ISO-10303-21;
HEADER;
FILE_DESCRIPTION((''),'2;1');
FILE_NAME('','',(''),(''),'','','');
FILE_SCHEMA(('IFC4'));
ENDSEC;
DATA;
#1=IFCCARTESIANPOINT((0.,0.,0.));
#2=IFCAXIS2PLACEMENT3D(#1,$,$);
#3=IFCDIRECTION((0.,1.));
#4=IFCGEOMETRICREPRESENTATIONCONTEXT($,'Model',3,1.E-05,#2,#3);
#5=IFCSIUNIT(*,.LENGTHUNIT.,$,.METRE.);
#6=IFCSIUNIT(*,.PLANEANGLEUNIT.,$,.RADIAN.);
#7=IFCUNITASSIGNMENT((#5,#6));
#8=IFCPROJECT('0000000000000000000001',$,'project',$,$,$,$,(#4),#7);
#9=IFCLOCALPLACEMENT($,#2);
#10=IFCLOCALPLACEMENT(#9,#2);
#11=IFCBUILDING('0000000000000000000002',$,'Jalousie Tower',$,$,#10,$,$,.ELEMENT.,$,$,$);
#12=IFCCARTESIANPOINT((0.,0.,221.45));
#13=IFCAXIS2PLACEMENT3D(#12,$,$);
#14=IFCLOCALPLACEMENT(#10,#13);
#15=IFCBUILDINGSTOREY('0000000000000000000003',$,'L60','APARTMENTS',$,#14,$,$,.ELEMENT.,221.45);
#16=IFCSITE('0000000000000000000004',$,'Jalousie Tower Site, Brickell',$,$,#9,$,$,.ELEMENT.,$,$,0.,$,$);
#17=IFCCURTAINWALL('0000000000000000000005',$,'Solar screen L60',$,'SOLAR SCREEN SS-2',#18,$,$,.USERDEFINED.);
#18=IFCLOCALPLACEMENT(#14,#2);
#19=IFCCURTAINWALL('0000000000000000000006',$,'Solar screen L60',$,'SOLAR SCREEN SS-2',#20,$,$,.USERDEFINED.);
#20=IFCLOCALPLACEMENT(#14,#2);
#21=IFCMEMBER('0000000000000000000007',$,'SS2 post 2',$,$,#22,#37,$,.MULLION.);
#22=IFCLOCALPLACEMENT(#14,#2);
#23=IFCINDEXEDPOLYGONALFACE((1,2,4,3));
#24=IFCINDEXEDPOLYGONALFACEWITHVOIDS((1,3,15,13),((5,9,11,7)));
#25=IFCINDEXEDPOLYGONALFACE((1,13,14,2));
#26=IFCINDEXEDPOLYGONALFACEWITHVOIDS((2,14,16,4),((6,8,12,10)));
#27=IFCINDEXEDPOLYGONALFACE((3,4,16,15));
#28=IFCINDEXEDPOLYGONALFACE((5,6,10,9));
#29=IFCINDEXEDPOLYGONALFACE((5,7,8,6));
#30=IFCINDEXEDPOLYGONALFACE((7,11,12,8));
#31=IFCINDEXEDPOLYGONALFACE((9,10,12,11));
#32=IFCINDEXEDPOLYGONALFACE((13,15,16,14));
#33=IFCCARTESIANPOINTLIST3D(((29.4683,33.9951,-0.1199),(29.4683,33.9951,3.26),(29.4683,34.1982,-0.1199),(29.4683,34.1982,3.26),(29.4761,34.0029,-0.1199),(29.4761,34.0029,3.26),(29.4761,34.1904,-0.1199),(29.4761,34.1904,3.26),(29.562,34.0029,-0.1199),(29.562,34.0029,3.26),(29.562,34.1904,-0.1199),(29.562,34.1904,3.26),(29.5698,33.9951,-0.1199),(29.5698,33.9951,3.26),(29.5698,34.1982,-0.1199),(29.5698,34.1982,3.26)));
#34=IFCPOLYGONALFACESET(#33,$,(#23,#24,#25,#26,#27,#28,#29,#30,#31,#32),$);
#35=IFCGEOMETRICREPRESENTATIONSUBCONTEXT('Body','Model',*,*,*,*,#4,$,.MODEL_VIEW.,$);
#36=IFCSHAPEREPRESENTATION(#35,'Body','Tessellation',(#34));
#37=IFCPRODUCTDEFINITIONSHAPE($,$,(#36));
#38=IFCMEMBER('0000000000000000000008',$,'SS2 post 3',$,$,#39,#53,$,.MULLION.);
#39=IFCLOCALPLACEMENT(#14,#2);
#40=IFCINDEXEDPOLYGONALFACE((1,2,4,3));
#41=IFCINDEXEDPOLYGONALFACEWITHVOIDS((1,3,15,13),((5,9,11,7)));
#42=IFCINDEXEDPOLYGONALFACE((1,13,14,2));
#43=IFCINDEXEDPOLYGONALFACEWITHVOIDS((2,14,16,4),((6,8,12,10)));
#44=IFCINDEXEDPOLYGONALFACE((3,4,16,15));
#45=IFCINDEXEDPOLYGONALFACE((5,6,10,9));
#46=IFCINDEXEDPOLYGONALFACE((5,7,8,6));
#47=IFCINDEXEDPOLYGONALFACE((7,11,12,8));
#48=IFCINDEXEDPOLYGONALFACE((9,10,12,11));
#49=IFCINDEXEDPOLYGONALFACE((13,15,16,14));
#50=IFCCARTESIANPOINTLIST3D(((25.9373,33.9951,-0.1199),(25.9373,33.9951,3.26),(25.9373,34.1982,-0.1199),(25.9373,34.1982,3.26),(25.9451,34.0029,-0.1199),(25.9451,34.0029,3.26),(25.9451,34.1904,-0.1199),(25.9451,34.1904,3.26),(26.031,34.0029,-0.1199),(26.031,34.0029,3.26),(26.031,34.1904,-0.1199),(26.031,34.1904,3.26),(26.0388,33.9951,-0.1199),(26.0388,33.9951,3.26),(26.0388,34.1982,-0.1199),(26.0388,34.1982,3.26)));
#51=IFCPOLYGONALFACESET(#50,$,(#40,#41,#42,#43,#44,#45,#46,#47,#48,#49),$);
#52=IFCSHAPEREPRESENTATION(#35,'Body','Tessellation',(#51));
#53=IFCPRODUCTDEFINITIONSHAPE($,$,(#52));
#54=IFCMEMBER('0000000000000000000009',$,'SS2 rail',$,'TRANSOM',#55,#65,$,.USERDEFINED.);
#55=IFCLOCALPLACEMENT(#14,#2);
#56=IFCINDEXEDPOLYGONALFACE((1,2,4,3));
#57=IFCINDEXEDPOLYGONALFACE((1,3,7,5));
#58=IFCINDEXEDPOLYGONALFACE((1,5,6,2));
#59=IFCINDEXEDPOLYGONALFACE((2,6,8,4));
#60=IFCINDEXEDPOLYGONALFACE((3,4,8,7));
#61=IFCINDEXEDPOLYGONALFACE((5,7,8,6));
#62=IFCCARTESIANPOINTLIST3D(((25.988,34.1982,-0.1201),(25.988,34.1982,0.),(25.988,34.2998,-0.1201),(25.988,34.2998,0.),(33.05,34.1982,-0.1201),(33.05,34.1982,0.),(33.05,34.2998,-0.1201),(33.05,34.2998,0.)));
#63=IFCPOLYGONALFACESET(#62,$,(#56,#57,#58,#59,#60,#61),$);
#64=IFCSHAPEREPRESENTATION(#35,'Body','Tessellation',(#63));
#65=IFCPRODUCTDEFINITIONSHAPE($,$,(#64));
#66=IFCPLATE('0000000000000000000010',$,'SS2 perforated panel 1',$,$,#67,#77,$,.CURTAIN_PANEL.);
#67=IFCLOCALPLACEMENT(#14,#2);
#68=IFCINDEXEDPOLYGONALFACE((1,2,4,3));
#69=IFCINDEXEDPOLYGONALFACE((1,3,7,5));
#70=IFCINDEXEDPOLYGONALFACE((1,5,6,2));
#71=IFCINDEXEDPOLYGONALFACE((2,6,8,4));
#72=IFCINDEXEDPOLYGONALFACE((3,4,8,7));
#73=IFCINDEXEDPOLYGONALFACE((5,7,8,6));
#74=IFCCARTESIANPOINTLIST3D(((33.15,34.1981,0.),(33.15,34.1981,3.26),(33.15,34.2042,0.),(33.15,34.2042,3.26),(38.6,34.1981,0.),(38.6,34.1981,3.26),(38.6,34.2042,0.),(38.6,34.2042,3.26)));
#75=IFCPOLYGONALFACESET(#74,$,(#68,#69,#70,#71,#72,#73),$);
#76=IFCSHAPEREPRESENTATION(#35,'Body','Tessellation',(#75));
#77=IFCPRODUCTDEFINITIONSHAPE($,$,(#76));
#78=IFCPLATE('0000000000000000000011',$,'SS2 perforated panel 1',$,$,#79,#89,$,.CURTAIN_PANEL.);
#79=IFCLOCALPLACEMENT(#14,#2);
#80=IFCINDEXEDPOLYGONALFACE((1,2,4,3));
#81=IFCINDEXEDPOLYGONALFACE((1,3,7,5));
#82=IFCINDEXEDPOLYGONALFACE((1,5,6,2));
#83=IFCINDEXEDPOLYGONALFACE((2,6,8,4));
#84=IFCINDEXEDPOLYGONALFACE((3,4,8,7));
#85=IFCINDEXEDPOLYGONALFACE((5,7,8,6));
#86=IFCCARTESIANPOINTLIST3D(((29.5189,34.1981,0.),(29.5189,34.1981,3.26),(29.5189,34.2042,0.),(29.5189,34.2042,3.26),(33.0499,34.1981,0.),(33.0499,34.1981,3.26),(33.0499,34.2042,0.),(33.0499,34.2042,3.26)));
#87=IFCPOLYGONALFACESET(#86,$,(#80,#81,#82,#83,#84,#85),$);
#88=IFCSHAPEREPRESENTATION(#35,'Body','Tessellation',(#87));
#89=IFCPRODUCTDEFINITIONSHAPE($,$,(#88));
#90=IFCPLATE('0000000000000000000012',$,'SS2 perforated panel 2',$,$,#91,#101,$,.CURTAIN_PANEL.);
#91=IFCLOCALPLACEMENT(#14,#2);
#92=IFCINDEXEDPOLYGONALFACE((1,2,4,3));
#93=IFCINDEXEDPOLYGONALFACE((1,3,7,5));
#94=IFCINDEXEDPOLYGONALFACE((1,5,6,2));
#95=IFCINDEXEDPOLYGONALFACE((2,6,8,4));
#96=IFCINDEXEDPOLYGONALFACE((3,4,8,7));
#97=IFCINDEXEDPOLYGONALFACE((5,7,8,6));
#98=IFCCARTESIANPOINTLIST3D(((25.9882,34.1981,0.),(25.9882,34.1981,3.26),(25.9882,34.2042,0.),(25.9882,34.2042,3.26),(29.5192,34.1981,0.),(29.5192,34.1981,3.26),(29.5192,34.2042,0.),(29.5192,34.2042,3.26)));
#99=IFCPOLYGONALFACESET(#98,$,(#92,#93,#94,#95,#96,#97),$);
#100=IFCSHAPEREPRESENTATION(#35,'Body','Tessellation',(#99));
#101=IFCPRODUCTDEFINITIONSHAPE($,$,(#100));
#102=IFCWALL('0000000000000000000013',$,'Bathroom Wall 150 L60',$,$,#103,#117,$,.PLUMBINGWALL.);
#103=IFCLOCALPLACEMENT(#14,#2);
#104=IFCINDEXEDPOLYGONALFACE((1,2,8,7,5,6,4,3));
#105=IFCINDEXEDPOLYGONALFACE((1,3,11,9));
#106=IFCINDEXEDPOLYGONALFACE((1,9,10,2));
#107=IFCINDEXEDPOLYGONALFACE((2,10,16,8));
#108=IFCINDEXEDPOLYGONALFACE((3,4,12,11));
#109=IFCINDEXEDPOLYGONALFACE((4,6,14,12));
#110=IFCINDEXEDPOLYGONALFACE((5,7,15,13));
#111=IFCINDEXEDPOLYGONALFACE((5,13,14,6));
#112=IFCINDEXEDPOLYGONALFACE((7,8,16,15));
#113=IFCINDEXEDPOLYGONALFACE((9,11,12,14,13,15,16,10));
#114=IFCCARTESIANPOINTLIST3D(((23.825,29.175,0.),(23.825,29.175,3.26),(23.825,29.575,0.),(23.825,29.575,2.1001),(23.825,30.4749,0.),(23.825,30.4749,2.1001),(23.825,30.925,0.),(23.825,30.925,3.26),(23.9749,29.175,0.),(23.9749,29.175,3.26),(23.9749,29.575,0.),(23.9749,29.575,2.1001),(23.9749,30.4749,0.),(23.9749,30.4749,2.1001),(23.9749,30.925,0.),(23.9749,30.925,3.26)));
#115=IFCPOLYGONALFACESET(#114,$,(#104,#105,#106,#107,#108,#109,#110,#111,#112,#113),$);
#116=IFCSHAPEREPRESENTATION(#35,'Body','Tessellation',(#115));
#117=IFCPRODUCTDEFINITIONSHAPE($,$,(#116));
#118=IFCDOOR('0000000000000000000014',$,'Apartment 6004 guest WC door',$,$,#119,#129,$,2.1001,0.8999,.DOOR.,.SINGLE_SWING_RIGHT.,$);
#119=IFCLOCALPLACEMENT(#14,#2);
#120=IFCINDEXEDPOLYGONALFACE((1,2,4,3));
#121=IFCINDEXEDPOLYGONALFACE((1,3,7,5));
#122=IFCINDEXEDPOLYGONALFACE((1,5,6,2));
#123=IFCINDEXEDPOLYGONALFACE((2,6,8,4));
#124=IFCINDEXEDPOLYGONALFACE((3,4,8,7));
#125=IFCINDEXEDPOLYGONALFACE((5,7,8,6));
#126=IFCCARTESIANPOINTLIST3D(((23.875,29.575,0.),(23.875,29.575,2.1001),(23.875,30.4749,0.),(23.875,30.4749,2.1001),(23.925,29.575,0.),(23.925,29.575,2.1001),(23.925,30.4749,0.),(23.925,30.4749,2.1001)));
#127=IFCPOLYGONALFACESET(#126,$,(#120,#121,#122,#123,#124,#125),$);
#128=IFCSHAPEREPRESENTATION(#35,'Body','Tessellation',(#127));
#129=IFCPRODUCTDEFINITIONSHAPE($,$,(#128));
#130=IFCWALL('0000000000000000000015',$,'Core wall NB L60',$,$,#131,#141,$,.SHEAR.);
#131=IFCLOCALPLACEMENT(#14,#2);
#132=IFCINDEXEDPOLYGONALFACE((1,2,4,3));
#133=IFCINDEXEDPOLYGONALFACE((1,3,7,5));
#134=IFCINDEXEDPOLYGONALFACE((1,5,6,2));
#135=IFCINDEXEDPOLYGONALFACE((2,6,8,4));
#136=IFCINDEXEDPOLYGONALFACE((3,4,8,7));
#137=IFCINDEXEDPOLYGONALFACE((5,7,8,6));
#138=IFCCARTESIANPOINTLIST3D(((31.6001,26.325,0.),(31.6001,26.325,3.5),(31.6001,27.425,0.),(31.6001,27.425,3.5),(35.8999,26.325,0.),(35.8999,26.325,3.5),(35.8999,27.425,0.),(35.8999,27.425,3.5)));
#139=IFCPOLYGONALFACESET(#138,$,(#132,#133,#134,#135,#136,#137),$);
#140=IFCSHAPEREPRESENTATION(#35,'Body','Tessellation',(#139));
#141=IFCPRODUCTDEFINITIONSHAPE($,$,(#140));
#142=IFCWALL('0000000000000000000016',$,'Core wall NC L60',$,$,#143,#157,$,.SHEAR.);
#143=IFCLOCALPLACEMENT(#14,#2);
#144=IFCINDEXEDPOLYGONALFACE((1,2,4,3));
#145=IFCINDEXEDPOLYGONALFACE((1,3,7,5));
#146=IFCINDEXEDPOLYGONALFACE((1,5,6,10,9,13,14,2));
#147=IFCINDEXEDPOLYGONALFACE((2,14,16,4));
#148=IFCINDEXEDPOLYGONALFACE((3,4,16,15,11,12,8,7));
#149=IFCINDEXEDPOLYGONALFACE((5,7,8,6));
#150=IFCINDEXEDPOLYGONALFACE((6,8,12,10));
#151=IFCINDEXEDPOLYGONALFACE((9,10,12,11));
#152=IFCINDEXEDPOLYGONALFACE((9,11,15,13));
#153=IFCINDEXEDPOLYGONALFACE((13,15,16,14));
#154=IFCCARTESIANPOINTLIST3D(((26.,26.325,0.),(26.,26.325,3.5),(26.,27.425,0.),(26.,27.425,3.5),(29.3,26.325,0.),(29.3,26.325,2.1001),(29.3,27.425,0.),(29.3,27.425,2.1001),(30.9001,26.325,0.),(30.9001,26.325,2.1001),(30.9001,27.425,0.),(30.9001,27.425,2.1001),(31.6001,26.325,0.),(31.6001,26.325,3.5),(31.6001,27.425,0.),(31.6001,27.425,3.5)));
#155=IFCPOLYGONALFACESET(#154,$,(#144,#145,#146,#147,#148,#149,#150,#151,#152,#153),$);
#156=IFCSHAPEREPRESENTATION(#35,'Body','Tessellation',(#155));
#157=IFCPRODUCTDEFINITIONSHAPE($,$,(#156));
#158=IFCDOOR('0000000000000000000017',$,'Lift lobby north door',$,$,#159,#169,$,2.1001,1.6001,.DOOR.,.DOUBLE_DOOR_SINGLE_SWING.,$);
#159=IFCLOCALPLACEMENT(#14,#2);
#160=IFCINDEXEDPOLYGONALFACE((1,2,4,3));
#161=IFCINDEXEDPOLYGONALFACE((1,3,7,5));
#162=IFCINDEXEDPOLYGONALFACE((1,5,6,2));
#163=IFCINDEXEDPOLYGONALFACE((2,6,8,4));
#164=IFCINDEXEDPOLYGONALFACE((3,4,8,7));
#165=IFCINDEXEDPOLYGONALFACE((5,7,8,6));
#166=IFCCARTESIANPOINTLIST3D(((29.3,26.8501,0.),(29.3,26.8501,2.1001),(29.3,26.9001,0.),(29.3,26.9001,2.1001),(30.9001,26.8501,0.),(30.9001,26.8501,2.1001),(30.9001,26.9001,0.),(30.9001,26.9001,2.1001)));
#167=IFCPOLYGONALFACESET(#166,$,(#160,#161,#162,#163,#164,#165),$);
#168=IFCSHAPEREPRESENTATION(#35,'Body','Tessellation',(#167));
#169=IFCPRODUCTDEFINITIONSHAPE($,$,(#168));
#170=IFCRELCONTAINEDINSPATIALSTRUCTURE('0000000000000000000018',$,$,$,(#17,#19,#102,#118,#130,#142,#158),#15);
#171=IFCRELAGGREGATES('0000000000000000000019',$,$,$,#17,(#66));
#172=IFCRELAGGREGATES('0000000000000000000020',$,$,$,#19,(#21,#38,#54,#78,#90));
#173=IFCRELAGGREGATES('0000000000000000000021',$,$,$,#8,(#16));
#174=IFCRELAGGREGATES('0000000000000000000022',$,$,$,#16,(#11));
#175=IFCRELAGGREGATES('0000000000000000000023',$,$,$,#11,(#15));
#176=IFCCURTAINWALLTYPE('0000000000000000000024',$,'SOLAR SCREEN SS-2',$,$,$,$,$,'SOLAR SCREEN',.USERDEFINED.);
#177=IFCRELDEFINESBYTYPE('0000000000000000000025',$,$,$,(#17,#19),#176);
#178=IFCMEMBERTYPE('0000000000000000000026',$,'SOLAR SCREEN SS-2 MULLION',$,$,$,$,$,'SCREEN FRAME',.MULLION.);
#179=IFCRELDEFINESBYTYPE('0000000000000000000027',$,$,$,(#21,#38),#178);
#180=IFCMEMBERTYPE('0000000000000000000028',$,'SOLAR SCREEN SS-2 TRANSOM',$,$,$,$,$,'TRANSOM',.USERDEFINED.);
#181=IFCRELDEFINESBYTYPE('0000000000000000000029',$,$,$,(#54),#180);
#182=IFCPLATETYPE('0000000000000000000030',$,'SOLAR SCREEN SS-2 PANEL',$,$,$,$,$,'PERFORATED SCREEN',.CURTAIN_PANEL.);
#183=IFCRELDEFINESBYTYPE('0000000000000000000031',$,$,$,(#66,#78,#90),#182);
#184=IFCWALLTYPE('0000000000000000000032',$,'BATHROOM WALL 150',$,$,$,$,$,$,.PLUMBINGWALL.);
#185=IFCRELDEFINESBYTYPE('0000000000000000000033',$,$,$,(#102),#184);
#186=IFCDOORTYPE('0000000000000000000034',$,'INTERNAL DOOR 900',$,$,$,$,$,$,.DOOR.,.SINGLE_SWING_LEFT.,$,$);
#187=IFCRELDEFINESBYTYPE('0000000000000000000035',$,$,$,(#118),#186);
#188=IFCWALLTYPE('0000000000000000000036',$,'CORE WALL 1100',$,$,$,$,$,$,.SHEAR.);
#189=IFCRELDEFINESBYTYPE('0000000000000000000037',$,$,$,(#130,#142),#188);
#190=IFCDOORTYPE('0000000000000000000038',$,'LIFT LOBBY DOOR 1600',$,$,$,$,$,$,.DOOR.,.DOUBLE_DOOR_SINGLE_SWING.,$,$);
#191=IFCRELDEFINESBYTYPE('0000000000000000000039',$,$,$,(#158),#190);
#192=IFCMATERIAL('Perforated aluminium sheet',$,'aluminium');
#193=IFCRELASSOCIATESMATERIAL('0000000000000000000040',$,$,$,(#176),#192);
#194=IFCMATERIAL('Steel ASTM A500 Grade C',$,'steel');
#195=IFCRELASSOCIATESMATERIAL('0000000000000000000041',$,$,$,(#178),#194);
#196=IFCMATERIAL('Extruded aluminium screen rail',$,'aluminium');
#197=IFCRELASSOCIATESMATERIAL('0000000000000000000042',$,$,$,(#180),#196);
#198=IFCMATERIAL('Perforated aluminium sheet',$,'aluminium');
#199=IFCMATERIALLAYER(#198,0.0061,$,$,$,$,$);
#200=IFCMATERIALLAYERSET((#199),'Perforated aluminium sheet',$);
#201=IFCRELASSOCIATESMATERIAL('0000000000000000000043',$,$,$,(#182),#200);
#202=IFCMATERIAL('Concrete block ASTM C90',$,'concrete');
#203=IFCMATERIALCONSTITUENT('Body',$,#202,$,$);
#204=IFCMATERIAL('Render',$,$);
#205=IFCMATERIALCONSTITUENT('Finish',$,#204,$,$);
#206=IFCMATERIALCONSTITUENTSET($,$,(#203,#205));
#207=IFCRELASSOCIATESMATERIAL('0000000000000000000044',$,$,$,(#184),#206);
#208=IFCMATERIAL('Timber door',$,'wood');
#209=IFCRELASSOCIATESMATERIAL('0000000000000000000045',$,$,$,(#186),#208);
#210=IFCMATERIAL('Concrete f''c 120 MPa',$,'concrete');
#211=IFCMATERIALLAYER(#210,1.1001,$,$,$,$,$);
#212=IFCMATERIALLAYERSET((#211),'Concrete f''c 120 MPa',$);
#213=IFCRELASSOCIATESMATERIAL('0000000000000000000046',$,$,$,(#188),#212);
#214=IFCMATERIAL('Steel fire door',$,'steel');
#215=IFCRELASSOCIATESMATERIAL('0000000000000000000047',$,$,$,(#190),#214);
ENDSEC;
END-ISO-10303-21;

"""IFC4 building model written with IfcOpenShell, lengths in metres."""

from ifc_helpers import new_model, si_unit, direction, frame, frame_2d, origin, origin_2d, place, context, subcontext, project, spatial, rectangle, hollow_rectangle, extrude, material, layer, layer_set, constituent, constituent_set, material_profile, profile_set, type_object, element, fill, aggregate, save


model = new_model("IFC4")

# Units and contexts
model_context = context("Model", 3, precision=1e-05, world=origin(), true_north=direction((0.0, 1.0)))
body_context = subcontext(model_context, "Body", "Model", "MODEL_VIEW")
ifc_project = project(units=[si_unit("LENGTHUNIT", "METRE"), si_unit("PLANEANGLEUNIT", "RADIAN")], contexts=[model_context])

# Site, building, storey
site_placement = place(None, origin())
site = spatial("IfcSite", under=ifc_project, at=site_placement, Name="Jalousie Tower Site, Brickell", CompositionType="ELEMENT", RefElevation=0.0)
building_placement = place(site_placement, origin())
building = spatial("IfcBuilding", under=site, at=building_placement, Name="Jalousie Tower", CompositionType="ELEMENT")
storey_placement = place(building_placement, frame((0.0, 0.0, 221.45)))
storey = spatial("IfcBuildingStorey", under=building, at=storey_placement, Name="L60", Description="APARTMENTS", CompositionType="ELEMENT", Elevation=221.45)

# Curtain wall
ifc_material_1 = material(Name="Perforated aluminium sheet", Category="aluminium")
curtain_wall_type = type_object("IfcCurtainWallType", Name="SOLAR SCREEN SS-2", ElementType="SOLAR SCREEN", PredefinedType="USERDEFINED", material=ifc_material_1)
curtain_wall_1_placement = place(storey_placement, origin())
curtain_wall_1 = element("IfcCurtainWall", 1, at=curtain_wall_1_placement, inside=storey, type_object=curtain_wall_type, Name="Solar screen L60", ObjectType="SOLAR SCREEN SS-2", PredefinedType="USERDEFINED")
ifc_material_2 = material(Name="Steel ASTM A500 Grade C", Category="steel")
ifc_material_profile_1 = material_profile(ifc_material_2, hollow_rectangle(XDim=0.1016, YDim=0.2031, WallThickness=0.0078, at=origin_2d()), Name="HSS8X4X5/16")
ifc_profile_set_1 = profile_set([ifc_material_profile_1], Name="Steel ASTM A500 Grade C")
member_type_1 = type_object("IfcMemberType", Name="SOLAR SCREEN SS-2 MULLION", ElementType="SCREEN FRAME", PredefinedType="MULLION", material=ifc_profile_set_1)

# Curtain wall, members
curtain_wall_2_placement = place(storey_placement, origin())
curtain_wall_2 = element("IfcCurtainWall", 2, at=curtain_wall_2_placement, inside=storey, type_object=curtain_wall_type, Name="Solar screen L60", ObjectType="SOLAR SCREEN SS-2", PredefinedType="USERDEFINED")
member_1_placement = place(storey_placement, frame((29.519, 34.0967, -0.1199), z_axis=(0.0, 0.0, 1.0), x_axis=(-1.0, 0.0, 0.0)))
member_1 = element("IfcMember", 3, at=member_1_placement, type_object=member_type_1, Name="SS2 post 2", PredefinedType="MULLION", context=body_context, shape_type="SweptSolid", body=[
    extrude(hollow_rectangle(XDim=0.1016, YDim=0.2031, WallThickness=0.0078, at=origin_2d()), origin(), (0.0, 0.0, 1.0), 3.3799),
])
member_2_placement = place(storey_placement, frame((25.988, 34.0967, -0.1199), z_axis=(0.0, 0.0, 1.0), x_axis=(-1.0, 0.0, 0.0)))
member_2 = element("IfcMember", 4, at=member_2_placement, type_object=member_type_1, Name="SS2 post 3", PredefinedType="MULLION", context=body_context, shape_type="SweptSolid", body=[
    extrude(hollow_rectangle(XDim=0.1016, YDim=0.2031, WallThickness=0.0078, at=origin_2d()), origin(), (0.0, 0.0, 1.0), 3.3799),
])
ifc_material_3 = material(Name="Extruded aluminium screen rail", Category="aluminium")
ifc_material_profile_2 = material_profile(ifc_material_3, rectangle(XDim=0.1016, YDim=0.1201, at=origin_2d()), Name="RAIL 102x120")
ifc_profile_set_2 = profile_set([ifc_material_profile_2], Name="Extruded aluminium screen rail")
member_type_2 = type_object("IfcMemberType", Name="SOLAR SCREEN SS-2 TRANSOM", ElementType="TRANSOM", PredefinedType="USERDEFINED", material=ifc_profile_set_2)
member_3_placement = place(storey_placement, frame((33.05, 34.249, -0.0601), z_axis=(-1.0, 0.0, 0.0), x_axis=(0.0, -1.0, 0.0)))
member_3 = element("IfcMember", 5, at=member_3_placement, type_object=member_type_2, Name="SS2 rail", ObjectType="TRANSOM", PredefinedType="USERDEFINED", context=body_context, shape_type="SweptSolid", body=[
    extrude(rectangle(XDim=0.1016, YDim=0.1201, at=origin_2d()), origin(), (0.0, 0.0, 1.0), 7.062),
])

# Plates
ifc_material_4 = material(Name="Perforated aluminium sheet", Category="aluminium")
ifc_layer_1 = layer(ifc_material_4, 0.0061)
ifc_layer_set_1 = layer_set([ifc_layer_1], Name="Perforated aluminium sheet")
plate_type = type_object("IfcPlateType", Name="SOLAR SCREEN SS-2 PANEL", ElementType="PERFORATED SCREEN", PredefinedType="CURTAIN_PANEL", material=ifc_layer_set_1)
plate_1_placement = place(storey_placement, frame((35.875, 34.2012, 0.0), z_axis=(0.0, 0.0, 1.0), x_axis=(-1.0, 0.0, 0.0)))
plate_1 = element("IfcPlate", 6, at=plate_1_placement, type_object=plate_type, Name="SS2 perforated panel 1", PredefinedType="CURTAIN_PANEL", context=body_context, shape_type="SweptSolid", body=[
    extrude(rectangle(XDim=5.45, YDim=0.0061, at=origin_2d()), origin(), (0.0, 0.0, 1.0), 3.26),
])
aggregate(curtain_wall_1, [plate_1])
plate_2_placement = place(storey_placement, frame((31.2844, 34.2012, 0.0), z_axis=(0.0, 0.0, 1.0), x_axis=(-1.0, 0.0, 0.0)))
plate_2 = element("IfcPlate", 7, at=plate_2_placement, type_object=plate_type, Name="SS2 perforated panel 1", PredefinedType="CURTAIN_PANEL", context=body_context, shape_type="SweptSolid", body=[
    extrude(rectangle(XDim=3.531, YDim=0.0061, at=origin_2d()), origin(), (0.0, 0.0, 1.0), 3.26),
])
plate_3_placement = place(storey_placement, frame((27.7537, 34.2012, 0.0), z_axis=(0.0, 0.0, 1.0), x_axis=(-1.0, 0.0, 0.0)))
plate_3 = element("IfcPlate", 8, at=plate_3_placement, type_object=plate_type, Name="SS2 perforated panel 2", PredefinedType="CURTAIN_PANEL", context=body_context, shape_type="SweptSolid", body=[
    extrude(rectangle(XDim=3.531, YDim=0.0061, at=origin_2d()), origin(), (0.0, 0.0, 1.0), 3.26),
])
aggregate(curtain_wall_2, [member_1, member_2, member_3, plate_2, plate_3])

# Wall, opening, door
ifc_material_5 = material(Name="Concrete block ASTM C90", Category="concrete")
ifc_constituent_1 = constituent(ifc_material_5, Name="Body")
ifc_material_6 = material(Name="Render")
ifc_constituent_2 = constituent(ifc_material_6, Name="Finish")
ifc_constituent_set_1 = constituent_set(constituents=[ifc_constituent_1, ifc_constituent_2])
wall_type_1 = type_object("IfcWallType", Name="BATHROOM WALL 150", PredefinedType="PLUMBINGWALL", material=ifc_constituent_set_1)
wall_1_placement = place(storey_placement, frame((23.8999, 29.175, 0.0), z_axis=(0.0, 0.0, 1.0), x_axis=(0.0, 1.0, 0.0)))
wall_1 = element("IfcWall", 9, at=wall_1_placement, inside=storey, type_object=wall_type_1, Name="Bathroom Wall 150 L60", PredefinedType="PLUMBINGWALL", context=body_context, shape_type="SweptSolid", body=[
    extrude(rectangle(XDim=1.75, YDim=0.1499, at=frame_2d((0.875, 0.0))), origin(), (0.0, 0.0, 1.0), 3.26),
])
opening_1_placement = place(wall_1_placement, frame((0.3999, 0.0, 0.0)))
opening_1 = element("IfcOpeningElement", 10, at=opening_1_placement, cuts=wall_1, PredefinedType="OPENING", context=body_context, shape_type="SweptSolid", body=[
    extrude(rectangle(XDim=0.8999, YDim=2.1001, at=frame_2d((0.45, 1.05))), frame((0.0, 0.085, 0.0), z_axis=(0.0, -1.0, 0.0), x_axis=(1.0, 0.0, 0.0)), (0.0, 0.0, 1.0), 0.1699),
])
ifc_material_7 = material(Name="Timber door", Category="wood")
door_type_1 = type_object("IfcDoorType", Name="INTERNAL DOOR 900", OperationType="SINGLE_SWING_LEFT", PredefinedType="DOOR", material=ifc_material_7)
door_1_placement = place(opening_1_placement, origin())
door_1 = element("IfcDoor", 11, at=door_1_placement, inside=storey, type_object=door_type_1, Name="Apartment 6004 guest WC door", OperationType="SINGLE_SWING_RIGHT", OverallHeight=2.1001, OverallWidth=0.8999, PredefinedType="DOOR", context=body_context, shape_type="SweptSolid", body=[
    extrude(rectangle(XDim=0.8999, YDim=2.1001, at=frame_2d((0.45, 1.05))), frame((0.0, 0.0249, 0.0), z_axis=(0.0, -1.0, 0.0), x_axis=(1.0, 0.0, 0.0)), (0.0, 0.0, 1.0), 0.05),
])
fill(opening_1, door_1)

# Wall
ifc_material_8 = material(Name="Concrete f'c 120 MPa", Category="concrete")
ifc_layer_2 = layer(ifc_material_8, 1.1001)
ifc_layer_set_2 = layer_set([ifc_layer_2], Name="Concrete f'c 120 MPa")
wall_type_2 = type_object("IfcWallType", Name="CORE WALL 1100", PredefinedType="SHEAR", material=ifc_layer_set_2)
wall_2_placement = place(storey_placement, frame((35.8999, 26.875, 0.0), z_axis=(0.0, 0.0, 1.0), x_axis=(-1.0, 0.0, 0.0)))
element("IfcWall", 12, at=wall_2_placement, inside=storey, type_object=wall_type_2, Name="Core wall NB L60", PredefinedType="SHEAR", context=body_context, shape_type="SweptSolid", body=[
    extrude(rectangle(XDim=4.2998, YDim=1.1001, at=frame_2d((2.1499, 0.0))), origin(), (0.0, 0.0, 1.0), 3.5),
])

# Wall, opening, door
wall_3_placement = place(storey_placement, frame((31.6001, 26.875, 0.0), z_axis=(0.0, 0.0, 1.0), x_axis=(-1.0, 0.0, 0.0)))
wall_3 = element("IfcWall", 13, at=wall_3_placement, inside=storey, type_object=wall_type_2, Name="Core wall NC L60", PredefinedType="SHEAR", context=body_context, shape_type="SweptSolid", body=[
    extrude(rectangle(XDim=5.6001, YDim=1.1001, at=frame_2d((2.8, 0.0))), origin(), (0.0, 0.0, 1.0), 3.5),
])
opening_2_placement = place(wall_3_placement, frame((0.7, 0.0, 0.0)))
opening_2 = element("IfcOpeningElement", 14, at=opening_2_placement, cuts=wall_3, PredefinedType="OPENING", context=body_context, shape_type="SweptSolid", body=[
    extrude(rectangle(XDim=1.6001, YDim=2.1001, at=frame_2d((0.8, 1.05))), frame((0.0, 0.5601, 0.0), z_axis=(0.0, -1.0, 0.0), x_axis=(1.0, 0.0, 0.0)), (0.0, 0.0, 1.0), 1.1201),
])
ifc_material_9 = material(Name="Steel fire door", Category="steel")
door_type_2 = type_object("IfcDoorType", Name="LIFT LOBBY DOOR 1600", OperationType="DOUBLE_DOOR_SINGLE_SWING", PredefinedType="DOOR", material=ifc_material_9)
door_2_placement = place(opening_2_placement, origin())
door_2 = element("IfcDoor", 15, at=door_2_placement, inside=storey, type_object=door_type_2, Name="Lift lobby north door", OperationType="DOUBLE_DOOR_SINGLE_SWING", OverallHeight=2.1001, OverallWidth=1.6001, PredefinedType="DOOR", context=body_context, shape_type="SweptSolid", body=[
    extrude(rectangle(XDim=1.6001, YDim=2.1001, at=frame_2d((0.8, 1.05))), frame((0.0, 0.0249, 0.0), z_axis=(0.0, -1.0, 0.0), x_axis=(1.0, 0.0, 0.0)), (0.0, 0.0, 1.0), 0.05),
])
fill(opening_2, door_2)

save(model, "model.ifc")
